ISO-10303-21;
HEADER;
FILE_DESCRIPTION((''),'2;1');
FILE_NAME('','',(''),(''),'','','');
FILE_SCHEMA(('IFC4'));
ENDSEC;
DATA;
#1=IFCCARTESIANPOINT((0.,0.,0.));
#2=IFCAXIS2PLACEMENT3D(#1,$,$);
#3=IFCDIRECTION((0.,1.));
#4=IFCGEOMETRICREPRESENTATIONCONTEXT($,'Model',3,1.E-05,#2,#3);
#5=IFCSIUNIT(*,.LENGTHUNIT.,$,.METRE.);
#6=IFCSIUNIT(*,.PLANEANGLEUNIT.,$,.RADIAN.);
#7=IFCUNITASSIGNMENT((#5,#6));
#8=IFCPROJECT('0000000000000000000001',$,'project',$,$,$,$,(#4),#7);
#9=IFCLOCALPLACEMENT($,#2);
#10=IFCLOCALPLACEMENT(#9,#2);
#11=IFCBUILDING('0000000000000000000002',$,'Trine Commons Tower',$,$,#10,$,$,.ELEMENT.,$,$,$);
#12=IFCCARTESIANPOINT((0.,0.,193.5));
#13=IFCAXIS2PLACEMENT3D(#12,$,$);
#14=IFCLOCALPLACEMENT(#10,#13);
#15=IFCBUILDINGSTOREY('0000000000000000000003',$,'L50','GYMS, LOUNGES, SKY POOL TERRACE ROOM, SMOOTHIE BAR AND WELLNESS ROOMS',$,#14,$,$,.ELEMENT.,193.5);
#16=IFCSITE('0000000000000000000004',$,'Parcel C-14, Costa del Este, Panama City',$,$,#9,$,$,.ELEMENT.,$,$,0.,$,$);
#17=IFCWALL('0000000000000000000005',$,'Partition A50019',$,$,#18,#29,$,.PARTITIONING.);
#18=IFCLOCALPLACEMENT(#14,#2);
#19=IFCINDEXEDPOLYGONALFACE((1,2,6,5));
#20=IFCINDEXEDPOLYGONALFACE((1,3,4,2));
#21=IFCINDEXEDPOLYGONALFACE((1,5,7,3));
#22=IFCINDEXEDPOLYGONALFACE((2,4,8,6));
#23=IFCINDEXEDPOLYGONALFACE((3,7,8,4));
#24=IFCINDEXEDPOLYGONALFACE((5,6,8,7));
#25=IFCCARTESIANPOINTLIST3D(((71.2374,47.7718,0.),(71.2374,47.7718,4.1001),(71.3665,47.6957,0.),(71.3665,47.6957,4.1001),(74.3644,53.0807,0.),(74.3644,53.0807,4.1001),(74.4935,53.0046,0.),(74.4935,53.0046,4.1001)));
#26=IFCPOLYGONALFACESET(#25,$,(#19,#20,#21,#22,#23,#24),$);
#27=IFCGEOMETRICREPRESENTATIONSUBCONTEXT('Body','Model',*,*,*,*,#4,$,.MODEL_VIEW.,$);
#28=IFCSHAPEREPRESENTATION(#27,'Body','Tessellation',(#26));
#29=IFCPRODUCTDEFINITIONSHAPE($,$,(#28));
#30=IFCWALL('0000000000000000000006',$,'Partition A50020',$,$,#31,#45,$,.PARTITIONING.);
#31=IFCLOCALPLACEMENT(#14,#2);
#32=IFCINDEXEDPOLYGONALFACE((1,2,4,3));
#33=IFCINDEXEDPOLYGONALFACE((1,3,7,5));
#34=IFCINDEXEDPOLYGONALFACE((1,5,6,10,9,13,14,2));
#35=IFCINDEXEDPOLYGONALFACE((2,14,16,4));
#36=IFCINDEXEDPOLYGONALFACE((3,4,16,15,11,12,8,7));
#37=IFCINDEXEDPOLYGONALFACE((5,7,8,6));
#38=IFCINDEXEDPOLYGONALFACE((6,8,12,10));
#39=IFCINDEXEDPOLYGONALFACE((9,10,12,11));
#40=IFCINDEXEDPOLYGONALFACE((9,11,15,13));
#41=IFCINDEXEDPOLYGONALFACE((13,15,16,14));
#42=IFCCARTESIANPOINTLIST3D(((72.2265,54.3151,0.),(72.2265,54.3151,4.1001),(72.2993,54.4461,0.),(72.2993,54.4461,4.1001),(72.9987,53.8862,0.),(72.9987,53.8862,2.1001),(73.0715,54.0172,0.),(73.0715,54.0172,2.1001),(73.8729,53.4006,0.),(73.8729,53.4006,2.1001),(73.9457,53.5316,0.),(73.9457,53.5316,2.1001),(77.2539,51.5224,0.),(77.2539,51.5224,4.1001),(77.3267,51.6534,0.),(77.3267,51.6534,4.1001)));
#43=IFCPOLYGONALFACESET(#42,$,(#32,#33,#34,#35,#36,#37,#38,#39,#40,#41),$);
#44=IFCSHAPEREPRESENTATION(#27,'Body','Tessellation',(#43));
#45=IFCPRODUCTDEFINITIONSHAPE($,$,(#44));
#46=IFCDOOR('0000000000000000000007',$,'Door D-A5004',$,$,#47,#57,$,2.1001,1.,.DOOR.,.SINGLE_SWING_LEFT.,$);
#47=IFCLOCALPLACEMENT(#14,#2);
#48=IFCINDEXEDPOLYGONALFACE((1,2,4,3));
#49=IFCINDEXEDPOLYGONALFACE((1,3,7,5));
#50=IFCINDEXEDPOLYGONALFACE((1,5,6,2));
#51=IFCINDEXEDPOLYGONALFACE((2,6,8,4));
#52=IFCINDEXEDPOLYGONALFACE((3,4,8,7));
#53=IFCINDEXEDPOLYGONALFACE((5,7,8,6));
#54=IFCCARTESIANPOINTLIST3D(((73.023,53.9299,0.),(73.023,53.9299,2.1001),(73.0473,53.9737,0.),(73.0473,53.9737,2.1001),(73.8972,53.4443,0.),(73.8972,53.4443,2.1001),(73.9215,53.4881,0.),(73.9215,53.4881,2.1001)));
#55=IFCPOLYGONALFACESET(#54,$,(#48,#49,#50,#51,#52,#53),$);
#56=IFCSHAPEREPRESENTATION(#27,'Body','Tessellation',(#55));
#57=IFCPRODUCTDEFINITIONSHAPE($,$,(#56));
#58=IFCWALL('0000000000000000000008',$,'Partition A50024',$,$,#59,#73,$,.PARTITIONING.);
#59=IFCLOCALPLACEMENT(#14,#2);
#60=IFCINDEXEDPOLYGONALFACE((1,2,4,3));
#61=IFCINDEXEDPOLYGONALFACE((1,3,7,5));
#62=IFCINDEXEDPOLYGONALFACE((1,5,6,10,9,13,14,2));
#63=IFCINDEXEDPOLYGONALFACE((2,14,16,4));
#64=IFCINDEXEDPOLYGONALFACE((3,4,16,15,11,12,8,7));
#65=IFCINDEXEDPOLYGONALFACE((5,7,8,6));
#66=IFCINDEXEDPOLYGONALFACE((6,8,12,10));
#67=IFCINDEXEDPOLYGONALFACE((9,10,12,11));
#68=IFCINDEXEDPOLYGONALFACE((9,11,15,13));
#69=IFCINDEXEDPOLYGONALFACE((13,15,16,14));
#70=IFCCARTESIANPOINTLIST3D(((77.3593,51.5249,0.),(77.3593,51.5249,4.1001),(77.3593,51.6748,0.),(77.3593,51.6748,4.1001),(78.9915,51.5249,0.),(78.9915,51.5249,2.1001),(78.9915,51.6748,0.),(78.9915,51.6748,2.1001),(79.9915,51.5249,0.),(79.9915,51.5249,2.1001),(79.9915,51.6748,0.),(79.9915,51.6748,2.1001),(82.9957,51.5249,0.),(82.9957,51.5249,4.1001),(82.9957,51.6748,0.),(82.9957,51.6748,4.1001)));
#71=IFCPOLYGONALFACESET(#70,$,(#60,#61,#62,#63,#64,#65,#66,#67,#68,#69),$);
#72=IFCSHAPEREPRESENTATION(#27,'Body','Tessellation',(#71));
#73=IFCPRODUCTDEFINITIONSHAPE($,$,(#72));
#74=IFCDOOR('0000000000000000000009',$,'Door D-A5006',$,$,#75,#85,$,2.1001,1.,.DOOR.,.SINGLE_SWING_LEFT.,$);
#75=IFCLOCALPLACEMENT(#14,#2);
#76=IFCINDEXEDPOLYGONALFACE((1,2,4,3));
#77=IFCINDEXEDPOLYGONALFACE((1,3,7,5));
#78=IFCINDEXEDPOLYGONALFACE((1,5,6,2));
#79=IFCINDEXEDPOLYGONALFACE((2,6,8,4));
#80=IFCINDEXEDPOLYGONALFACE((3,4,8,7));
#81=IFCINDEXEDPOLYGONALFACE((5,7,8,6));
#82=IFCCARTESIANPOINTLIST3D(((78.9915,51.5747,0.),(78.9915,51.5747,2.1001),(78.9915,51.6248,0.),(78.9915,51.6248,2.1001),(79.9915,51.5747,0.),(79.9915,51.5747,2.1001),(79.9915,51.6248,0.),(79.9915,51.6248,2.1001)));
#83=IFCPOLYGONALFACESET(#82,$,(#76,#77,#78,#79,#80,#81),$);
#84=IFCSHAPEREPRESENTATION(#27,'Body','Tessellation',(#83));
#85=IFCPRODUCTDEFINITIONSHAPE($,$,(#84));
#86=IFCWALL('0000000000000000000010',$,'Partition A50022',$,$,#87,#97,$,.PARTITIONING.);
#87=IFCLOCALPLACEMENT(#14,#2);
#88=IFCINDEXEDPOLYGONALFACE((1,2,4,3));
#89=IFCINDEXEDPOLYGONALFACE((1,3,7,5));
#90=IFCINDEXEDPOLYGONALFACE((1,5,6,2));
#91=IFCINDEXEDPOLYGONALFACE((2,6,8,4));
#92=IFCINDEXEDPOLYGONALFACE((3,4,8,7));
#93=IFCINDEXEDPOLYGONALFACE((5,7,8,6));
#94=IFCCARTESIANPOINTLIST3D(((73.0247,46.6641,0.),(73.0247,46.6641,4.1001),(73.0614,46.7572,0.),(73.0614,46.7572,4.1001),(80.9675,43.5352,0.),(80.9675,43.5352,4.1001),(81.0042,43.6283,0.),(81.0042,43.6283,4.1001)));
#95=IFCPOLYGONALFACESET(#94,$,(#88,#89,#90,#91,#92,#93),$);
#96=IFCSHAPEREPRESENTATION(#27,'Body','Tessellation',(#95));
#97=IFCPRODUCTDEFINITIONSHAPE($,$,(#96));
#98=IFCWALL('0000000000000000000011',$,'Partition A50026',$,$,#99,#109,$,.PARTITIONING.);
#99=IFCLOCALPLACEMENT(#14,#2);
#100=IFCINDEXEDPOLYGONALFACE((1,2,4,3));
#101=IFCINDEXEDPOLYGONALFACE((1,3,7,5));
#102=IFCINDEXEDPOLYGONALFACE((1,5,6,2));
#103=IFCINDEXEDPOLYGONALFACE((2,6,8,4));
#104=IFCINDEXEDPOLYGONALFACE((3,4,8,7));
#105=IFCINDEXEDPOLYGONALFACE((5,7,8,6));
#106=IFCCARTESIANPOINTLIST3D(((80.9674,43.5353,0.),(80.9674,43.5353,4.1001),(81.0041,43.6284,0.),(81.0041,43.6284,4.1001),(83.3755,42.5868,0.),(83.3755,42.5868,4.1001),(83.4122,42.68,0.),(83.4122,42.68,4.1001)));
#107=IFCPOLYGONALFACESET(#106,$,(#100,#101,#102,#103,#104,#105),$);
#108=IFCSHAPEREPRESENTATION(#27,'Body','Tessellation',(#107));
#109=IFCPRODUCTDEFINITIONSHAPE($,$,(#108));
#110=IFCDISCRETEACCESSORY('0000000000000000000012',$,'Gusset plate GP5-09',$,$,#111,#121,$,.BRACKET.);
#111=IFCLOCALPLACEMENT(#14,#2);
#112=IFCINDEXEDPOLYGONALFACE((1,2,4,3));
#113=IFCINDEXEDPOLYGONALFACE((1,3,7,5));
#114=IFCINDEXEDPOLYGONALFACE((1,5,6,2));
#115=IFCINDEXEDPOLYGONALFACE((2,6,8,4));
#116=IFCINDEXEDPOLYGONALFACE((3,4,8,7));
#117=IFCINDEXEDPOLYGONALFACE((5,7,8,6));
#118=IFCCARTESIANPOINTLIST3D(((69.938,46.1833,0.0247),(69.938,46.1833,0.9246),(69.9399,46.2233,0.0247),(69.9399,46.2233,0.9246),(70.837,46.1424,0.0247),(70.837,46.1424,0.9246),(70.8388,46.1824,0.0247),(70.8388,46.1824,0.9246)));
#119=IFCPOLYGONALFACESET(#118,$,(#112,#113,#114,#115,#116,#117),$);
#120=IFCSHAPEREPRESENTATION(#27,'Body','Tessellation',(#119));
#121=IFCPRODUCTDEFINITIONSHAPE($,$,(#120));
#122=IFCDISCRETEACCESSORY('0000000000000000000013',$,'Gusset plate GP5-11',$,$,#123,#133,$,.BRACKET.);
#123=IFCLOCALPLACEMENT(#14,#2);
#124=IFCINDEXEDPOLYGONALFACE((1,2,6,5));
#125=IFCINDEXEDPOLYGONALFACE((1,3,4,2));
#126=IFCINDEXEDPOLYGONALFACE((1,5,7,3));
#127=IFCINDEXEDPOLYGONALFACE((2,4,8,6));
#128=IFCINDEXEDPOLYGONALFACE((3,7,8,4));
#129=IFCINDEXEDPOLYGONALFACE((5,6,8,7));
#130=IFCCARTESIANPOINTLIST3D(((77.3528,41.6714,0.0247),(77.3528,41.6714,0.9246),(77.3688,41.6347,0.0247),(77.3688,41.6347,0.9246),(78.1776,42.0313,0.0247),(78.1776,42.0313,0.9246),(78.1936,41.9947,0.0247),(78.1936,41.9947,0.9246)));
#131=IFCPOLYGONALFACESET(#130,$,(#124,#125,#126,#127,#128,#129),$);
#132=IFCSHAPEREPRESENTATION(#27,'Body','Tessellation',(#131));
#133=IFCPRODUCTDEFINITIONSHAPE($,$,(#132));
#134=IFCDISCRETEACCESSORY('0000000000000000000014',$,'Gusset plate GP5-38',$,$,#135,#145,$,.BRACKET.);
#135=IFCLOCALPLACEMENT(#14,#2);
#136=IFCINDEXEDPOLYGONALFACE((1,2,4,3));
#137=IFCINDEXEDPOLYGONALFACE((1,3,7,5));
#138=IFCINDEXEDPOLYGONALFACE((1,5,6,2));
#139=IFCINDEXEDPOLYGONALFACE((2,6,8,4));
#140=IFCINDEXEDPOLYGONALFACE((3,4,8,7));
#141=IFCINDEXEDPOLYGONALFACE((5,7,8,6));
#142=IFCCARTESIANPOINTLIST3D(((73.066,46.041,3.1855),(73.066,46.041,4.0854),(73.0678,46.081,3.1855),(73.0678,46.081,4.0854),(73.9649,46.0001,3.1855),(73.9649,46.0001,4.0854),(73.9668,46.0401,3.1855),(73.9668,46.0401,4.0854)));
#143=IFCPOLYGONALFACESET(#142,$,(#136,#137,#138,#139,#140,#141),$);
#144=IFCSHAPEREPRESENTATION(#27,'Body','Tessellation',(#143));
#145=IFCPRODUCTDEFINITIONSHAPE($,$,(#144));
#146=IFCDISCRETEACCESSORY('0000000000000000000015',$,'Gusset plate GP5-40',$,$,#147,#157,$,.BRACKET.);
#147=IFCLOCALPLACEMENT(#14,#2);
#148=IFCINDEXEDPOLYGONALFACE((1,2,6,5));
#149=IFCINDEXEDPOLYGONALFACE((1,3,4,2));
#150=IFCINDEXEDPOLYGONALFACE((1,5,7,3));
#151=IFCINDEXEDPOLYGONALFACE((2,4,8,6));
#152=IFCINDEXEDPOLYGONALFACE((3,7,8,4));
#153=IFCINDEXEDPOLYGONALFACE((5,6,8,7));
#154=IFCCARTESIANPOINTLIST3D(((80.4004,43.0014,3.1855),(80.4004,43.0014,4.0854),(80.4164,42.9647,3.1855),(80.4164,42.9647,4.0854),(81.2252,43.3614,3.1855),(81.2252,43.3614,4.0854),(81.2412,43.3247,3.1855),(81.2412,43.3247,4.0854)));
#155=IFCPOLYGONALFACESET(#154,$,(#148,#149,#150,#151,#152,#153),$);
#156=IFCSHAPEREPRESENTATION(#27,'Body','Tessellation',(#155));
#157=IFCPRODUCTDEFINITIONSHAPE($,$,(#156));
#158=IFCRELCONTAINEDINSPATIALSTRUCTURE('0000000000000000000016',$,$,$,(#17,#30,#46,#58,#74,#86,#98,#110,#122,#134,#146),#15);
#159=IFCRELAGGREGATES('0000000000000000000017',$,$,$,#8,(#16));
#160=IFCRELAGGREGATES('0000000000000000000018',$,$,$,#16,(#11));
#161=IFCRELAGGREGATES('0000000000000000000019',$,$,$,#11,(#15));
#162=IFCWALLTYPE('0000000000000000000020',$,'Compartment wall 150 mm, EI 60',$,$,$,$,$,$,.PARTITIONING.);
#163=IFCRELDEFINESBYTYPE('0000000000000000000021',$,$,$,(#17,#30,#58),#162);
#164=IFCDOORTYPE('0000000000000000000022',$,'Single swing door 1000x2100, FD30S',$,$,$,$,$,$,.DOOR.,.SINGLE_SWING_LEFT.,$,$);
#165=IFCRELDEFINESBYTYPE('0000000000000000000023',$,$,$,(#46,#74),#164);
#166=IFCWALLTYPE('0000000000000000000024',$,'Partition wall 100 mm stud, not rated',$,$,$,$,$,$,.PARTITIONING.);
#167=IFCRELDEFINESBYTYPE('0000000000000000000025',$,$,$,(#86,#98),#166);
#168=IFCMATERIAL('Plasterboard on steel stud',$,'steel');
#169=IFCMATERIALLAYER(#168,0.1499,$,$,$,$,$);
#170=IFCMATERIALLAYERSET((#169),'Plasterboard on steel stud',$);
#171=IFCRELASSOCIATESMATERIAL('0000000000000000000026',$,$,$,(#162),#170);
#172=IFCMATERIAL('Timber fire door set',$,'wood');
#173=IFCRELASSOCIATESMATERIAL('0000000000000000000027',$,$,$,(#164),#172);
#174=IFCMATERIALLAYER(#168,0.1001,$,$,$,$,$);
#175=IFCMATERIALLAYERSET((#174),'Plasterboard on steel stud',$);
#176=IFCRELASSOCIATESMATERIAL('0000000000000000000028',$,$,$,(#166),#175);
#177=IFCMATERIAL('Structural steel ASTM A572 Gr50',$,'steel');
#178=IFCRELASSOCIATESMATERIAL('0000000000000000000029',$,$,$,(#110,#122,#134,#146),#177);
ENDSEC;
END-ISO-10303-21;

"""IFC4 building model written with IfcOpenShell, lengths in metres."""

from ifc_helpers import new_model, si_unit, direction, frame, frame_2d, origin, origin_2d, place, context, subcontext, project, spatial, rectangle, extrude, material, layer, layer_set, type_object, element, fill, save


model = new_model("IFC4")

# Units and contexts
model_context = context("Model", 3, precision=1e-05, world=origin(), true_north=direction((0.0, 1.0)))
body_context = subcontext(model_context, "Body", "Model", "MODEL_VIEW")
ifc_project = project(units=[si_unit("LENGTHUNIT", "METRE"), si_unit("PLANEANGLEUNIT", "RADIAN")], contexts=[model_context])

# Site, building, storey
site_placement = place(None, origin())
site = spatial("IfcSite", under=ifc_project, at=site_placement, Name="Parcel C-14, Costa del Este, Panama City", CompositionType="ELEMENT", RefElevation=0.0)
building_placement = place(site_placement, origin())
building = spatial("IfcBuilding", under=site, at=building_placement, Name="Trine Commons Tower", CompositionType="ELEMENT")
storey_placement = place(building_placement, frame((0.0, 0.0, 193.5)))
storey = spatial("IfcBuildingStorey", under=building, at=storey_placement, Name="L50", Description="GYMS, LOUNGES, SKY POOL TERRACE ROOM, SMOOTHIE BAR AND WELLNESS ROOMS", CompositionType="ELEMENT", Elevation=193.5)

# Wall
ifc_material_1 = material(Name="Plasterboard on steel stud", Category="steel")
ifc_layer_1 = layer(ifc_material_1, 0.1499)
ifc_layer_set_1 = layer_set([ifc_layer_1], Name="Plasterboard on steel stud")
wall_type_1 = type_object("IfcWallType", Name="Compartment wall 150 mm, EI 60", PredefinedType="PARTITIONING", material=ifc_layer_set_1)
wall_1_placement = place(storey_placement, frame((71.302, 47.7339, 0.0), z_axis=(0.0, 0.0, 1.0), x_axis=(0.507515, 0.861643, 0.0)))
element("IfcWall", 1, at=wall_1_placement, inside=storey, type_object=wall_type_1, Name="Partition A50019", PredefinedType="PARTITIONING", context=body_context, shape_type="SweptSolid", body=[
    extrude(rectangle(XDim=6.1614, YDim=0.1499, at=frame_2d((3.0806, 0.0))), origin(), (0.0, 0.0, 1.0), 4.1001),
])

# Walls, openings, doors
wall_2_placement = place(storey_placement, frame((77.2903, 51.5879, 0.0), z_axis=(0.0, 0.0, 1.0), x_axis=(-0.874175, 0.48561, 0.0)))
wall_2 = element("IfcWall", 2, at=wall_2_placement, inside=storey, type_object=wall_type_1, Name="Partition A50020", PredefinedType="PARTITIONING", context=body_context, shape_type="SweptSolid", body=[
    extrude(rectangle(XDim=5.751, YDim=0.1499, at=frame_2d((2.8755, 0.0))), origin(), (0.0, 0.0, 1.0), 4.1001),
])
opening_1_placement = place(wall_2_placement, frame((3.8677, 0.0, 0.0)))
opening_1 = element("IfcOpeningElement", 3, at=opening_1_placement, cuts=wall_2, PredefinedType="OPENING", context=body_context, shape_type="SweptSolid", body=[
    extrude(rectangle(XDim=1.0, YDim=2.1001, at=frame_2d((0.5, 1.05))), frame((0.0, 0.085, 0.0), z_axis=(0.0, -1.0, 0.0), x_axis=(1.0, 0.0, 0.0)), (0.0, 0.0, 1.0), 0.1699),
])
ifc_material_2 = material(Name="Timber fire door set", Category="wood")
door_type = type_object("IfcDoorType", Name="Single swing door 1000x2100, FD30S", OperationType="SINGLE_SWING_LEFT", PredefinedType="DOOR", material=ifc_material_2)
door_1_placement = place(opening_1_placement, origin())
door_1 = element("IfcDoor", 4, at=door_1_placement, inside=storey, type_object=door_type, Name="Door D-A5004", OperationType="SINGLE_SWING_LEFT", OverallHeight=2.1001, OverallWidth=1.0, PredefinedType="DOOR", context=body_context, shape_type="SweptSolid", body=[
    extrude(rectangle(XDim=1.0, YDim=2.1001, at=frame_2d((0.5, 1.05))), frame((0.0, 0.0249, 0.0), z_axis=(0.0, -1.0, 0.0), x_axis=(1.0, 0.0, 0.0)), (0.0, 0.0, 1.0), 0.05),
])
fill(opening_1, door_1)
wall_3_placement = place(storey_placement, frame((77.3591, 51.5999, 0.0), z_axis=(0.0, 0.0, 1.0), x_axis=(1.0, 0.0, 0.0)))
wall_3 = element("IfcWall", 5, at=wall_3_placement, inside=storey, type_object=wall_type_1, Name="Partition A50024", PredefinedType="PARTITIONING", context=body_context, shape_type="SweptSolid", body=[
    extrude(rectangle(XDim=5.6365, YDim=0.1499, at=frame_2d((2.8184, 0.0))), origin(), (0.0, 0.0, 1.0), 4.1001),
])
opening_2_placement = place(wall_3_placement, frame((1.6323, 0.0, 0.0)))
opening_2 = element("IfcOpeningElement", 6, at=opening_2_placement, cuts=wall_3, PredefinedType="OPENING", context=body_context, shape_type="SweptSolid", body=[
    extrude(rectangle(XDim=1.0, YDim=2.1001, at=frame_2d((0.5, 1.05))), frame((0.0, 0.085, 0.0), z_axis=(0.0, -1.0, 0.0), x_axis=(1.0, 0.0, 0.0)), (0.0, 0.0, 1.0), 0.1699),
])
door_2_placement = place(opening_2_placement, origin())
door_2 = element("IfcDoor", 7, at=door_2_placement, inside=storey, type_object=door_type, Name="Door D-A5006", OperationType="SINGLE_SWING_LEFT", OverallHeight=2.1001, OverallWidth=1.0, PredefinedType="DOOR", context=body_context, shape_type="SweptSolid", body=[
    extrude(rectangle(XDim=1.0, YDim=2.1001, at=frame_2d((0.5, 1.05))), frame((0.0, 0.0249, 0.0), z_axis=(0.0, -1.0, 0.0), x_axis=(1.0, 0.0, 0.0)), (0.0, 0.0, 1.0), 0.05),
])
fill(opening_2, door_2)

# Walls
ifc_layer_2 = layer(ifc_material_1, 0.1001)
ifc_layer_set_2 = layer_set([ifc_layer_2], Name="Plasterboard on steel stud")
wall_type_2 = type_object("IfcWallType", Name="Partition wall 100 mm stud, not rated", PredefinedType="PARTITIONING", material=ifc_layer_set_2)
wall_4_placement = place(storey_placement, frame((73.043, 46.7107, 0.0), z_axis=(0.0, 0.0, 1.0), x_axis=(0.930413, -0.366514, 0.0)))
element("IfcWall", 8, at=wall_4_placement, inside=storey, type_object=wall_type_2, Name="Partition A50022", PredefinedType="PARTITIONING", context=body_context, shape_type="SweptSolid", body=[
    extrude(rectangle(XDim=8.5369, YDim=0.1001, at=frame_2d((4.2686, 0.0))), origin(), (0.0, 0.0, 1.0), 4.1001),
])
wall_5_placement = place(storey_placement, frame((80.9858, 43.5818, 0.0), z_axis=(0.0, 0.0, 1.0), x_axis=(0.930435, -0.366458, 0.0)))
element("IfcWall", 9, at=wall_5_placement, inside=storey, type_object=wall_type_2, Name="Partition A50026", PredefinedType="PARTITIONING", context=body_context, shape_type="SweptSolid", body=[
    extrude(rectangle(XDim=2.5881, YDim=0.1001, at=frame_2d((1.2939, 0.0))), origin(), (0.0, 0.0, 1.0), 4.1001),
])

# Discrete accessories
ifc_material_3 = material(Name="Structural steel ASTM A572 Gr50", Category="steel")
for number, where, z_axis, x_axis, name in (
    (10, (70.3884, 46.1829, 0.0247), (0.0, 0.0, 1.0), (0.998965, -0.045485, 0.0), "Gusset plate GP5-09"),
    (11, (77.7732, 41.833, 0.0247), (0.0, 0.0, 1.0), (0.916502, 0.400029, 0.0), "Gusset plate GP5-11"),
    (12, (73.5164, 46.0405, 3.1855), (0.0, 0.0, 1.0), (0.998965, -0.045485, 0.0), "Gusset plate GP5-38"),
    (13, (80.8208, 43.1631, 3.1855), (0.0, 0.0, 1.0), (0.916502, 0.400029, 0.0), "Gusset plate GP5-40"),
):
    element("IfcDiscreteAccessory", number, at=place(storey_placement, frame(where, z_axis=z_axis, x_axis=x_axis)), inside=storey, material=ifc_material_3, Name=name, PredefinedType="BRACKET", context=body_context, shape_type="SweptSolid", body=[
        extrude(rectangle(XDim=0.8999, YDim=0.04, at=origin_2d()), origin(), (0.0, 0.0, 1.0), 0.8999),
    ])

save(model, "model.ifc")
